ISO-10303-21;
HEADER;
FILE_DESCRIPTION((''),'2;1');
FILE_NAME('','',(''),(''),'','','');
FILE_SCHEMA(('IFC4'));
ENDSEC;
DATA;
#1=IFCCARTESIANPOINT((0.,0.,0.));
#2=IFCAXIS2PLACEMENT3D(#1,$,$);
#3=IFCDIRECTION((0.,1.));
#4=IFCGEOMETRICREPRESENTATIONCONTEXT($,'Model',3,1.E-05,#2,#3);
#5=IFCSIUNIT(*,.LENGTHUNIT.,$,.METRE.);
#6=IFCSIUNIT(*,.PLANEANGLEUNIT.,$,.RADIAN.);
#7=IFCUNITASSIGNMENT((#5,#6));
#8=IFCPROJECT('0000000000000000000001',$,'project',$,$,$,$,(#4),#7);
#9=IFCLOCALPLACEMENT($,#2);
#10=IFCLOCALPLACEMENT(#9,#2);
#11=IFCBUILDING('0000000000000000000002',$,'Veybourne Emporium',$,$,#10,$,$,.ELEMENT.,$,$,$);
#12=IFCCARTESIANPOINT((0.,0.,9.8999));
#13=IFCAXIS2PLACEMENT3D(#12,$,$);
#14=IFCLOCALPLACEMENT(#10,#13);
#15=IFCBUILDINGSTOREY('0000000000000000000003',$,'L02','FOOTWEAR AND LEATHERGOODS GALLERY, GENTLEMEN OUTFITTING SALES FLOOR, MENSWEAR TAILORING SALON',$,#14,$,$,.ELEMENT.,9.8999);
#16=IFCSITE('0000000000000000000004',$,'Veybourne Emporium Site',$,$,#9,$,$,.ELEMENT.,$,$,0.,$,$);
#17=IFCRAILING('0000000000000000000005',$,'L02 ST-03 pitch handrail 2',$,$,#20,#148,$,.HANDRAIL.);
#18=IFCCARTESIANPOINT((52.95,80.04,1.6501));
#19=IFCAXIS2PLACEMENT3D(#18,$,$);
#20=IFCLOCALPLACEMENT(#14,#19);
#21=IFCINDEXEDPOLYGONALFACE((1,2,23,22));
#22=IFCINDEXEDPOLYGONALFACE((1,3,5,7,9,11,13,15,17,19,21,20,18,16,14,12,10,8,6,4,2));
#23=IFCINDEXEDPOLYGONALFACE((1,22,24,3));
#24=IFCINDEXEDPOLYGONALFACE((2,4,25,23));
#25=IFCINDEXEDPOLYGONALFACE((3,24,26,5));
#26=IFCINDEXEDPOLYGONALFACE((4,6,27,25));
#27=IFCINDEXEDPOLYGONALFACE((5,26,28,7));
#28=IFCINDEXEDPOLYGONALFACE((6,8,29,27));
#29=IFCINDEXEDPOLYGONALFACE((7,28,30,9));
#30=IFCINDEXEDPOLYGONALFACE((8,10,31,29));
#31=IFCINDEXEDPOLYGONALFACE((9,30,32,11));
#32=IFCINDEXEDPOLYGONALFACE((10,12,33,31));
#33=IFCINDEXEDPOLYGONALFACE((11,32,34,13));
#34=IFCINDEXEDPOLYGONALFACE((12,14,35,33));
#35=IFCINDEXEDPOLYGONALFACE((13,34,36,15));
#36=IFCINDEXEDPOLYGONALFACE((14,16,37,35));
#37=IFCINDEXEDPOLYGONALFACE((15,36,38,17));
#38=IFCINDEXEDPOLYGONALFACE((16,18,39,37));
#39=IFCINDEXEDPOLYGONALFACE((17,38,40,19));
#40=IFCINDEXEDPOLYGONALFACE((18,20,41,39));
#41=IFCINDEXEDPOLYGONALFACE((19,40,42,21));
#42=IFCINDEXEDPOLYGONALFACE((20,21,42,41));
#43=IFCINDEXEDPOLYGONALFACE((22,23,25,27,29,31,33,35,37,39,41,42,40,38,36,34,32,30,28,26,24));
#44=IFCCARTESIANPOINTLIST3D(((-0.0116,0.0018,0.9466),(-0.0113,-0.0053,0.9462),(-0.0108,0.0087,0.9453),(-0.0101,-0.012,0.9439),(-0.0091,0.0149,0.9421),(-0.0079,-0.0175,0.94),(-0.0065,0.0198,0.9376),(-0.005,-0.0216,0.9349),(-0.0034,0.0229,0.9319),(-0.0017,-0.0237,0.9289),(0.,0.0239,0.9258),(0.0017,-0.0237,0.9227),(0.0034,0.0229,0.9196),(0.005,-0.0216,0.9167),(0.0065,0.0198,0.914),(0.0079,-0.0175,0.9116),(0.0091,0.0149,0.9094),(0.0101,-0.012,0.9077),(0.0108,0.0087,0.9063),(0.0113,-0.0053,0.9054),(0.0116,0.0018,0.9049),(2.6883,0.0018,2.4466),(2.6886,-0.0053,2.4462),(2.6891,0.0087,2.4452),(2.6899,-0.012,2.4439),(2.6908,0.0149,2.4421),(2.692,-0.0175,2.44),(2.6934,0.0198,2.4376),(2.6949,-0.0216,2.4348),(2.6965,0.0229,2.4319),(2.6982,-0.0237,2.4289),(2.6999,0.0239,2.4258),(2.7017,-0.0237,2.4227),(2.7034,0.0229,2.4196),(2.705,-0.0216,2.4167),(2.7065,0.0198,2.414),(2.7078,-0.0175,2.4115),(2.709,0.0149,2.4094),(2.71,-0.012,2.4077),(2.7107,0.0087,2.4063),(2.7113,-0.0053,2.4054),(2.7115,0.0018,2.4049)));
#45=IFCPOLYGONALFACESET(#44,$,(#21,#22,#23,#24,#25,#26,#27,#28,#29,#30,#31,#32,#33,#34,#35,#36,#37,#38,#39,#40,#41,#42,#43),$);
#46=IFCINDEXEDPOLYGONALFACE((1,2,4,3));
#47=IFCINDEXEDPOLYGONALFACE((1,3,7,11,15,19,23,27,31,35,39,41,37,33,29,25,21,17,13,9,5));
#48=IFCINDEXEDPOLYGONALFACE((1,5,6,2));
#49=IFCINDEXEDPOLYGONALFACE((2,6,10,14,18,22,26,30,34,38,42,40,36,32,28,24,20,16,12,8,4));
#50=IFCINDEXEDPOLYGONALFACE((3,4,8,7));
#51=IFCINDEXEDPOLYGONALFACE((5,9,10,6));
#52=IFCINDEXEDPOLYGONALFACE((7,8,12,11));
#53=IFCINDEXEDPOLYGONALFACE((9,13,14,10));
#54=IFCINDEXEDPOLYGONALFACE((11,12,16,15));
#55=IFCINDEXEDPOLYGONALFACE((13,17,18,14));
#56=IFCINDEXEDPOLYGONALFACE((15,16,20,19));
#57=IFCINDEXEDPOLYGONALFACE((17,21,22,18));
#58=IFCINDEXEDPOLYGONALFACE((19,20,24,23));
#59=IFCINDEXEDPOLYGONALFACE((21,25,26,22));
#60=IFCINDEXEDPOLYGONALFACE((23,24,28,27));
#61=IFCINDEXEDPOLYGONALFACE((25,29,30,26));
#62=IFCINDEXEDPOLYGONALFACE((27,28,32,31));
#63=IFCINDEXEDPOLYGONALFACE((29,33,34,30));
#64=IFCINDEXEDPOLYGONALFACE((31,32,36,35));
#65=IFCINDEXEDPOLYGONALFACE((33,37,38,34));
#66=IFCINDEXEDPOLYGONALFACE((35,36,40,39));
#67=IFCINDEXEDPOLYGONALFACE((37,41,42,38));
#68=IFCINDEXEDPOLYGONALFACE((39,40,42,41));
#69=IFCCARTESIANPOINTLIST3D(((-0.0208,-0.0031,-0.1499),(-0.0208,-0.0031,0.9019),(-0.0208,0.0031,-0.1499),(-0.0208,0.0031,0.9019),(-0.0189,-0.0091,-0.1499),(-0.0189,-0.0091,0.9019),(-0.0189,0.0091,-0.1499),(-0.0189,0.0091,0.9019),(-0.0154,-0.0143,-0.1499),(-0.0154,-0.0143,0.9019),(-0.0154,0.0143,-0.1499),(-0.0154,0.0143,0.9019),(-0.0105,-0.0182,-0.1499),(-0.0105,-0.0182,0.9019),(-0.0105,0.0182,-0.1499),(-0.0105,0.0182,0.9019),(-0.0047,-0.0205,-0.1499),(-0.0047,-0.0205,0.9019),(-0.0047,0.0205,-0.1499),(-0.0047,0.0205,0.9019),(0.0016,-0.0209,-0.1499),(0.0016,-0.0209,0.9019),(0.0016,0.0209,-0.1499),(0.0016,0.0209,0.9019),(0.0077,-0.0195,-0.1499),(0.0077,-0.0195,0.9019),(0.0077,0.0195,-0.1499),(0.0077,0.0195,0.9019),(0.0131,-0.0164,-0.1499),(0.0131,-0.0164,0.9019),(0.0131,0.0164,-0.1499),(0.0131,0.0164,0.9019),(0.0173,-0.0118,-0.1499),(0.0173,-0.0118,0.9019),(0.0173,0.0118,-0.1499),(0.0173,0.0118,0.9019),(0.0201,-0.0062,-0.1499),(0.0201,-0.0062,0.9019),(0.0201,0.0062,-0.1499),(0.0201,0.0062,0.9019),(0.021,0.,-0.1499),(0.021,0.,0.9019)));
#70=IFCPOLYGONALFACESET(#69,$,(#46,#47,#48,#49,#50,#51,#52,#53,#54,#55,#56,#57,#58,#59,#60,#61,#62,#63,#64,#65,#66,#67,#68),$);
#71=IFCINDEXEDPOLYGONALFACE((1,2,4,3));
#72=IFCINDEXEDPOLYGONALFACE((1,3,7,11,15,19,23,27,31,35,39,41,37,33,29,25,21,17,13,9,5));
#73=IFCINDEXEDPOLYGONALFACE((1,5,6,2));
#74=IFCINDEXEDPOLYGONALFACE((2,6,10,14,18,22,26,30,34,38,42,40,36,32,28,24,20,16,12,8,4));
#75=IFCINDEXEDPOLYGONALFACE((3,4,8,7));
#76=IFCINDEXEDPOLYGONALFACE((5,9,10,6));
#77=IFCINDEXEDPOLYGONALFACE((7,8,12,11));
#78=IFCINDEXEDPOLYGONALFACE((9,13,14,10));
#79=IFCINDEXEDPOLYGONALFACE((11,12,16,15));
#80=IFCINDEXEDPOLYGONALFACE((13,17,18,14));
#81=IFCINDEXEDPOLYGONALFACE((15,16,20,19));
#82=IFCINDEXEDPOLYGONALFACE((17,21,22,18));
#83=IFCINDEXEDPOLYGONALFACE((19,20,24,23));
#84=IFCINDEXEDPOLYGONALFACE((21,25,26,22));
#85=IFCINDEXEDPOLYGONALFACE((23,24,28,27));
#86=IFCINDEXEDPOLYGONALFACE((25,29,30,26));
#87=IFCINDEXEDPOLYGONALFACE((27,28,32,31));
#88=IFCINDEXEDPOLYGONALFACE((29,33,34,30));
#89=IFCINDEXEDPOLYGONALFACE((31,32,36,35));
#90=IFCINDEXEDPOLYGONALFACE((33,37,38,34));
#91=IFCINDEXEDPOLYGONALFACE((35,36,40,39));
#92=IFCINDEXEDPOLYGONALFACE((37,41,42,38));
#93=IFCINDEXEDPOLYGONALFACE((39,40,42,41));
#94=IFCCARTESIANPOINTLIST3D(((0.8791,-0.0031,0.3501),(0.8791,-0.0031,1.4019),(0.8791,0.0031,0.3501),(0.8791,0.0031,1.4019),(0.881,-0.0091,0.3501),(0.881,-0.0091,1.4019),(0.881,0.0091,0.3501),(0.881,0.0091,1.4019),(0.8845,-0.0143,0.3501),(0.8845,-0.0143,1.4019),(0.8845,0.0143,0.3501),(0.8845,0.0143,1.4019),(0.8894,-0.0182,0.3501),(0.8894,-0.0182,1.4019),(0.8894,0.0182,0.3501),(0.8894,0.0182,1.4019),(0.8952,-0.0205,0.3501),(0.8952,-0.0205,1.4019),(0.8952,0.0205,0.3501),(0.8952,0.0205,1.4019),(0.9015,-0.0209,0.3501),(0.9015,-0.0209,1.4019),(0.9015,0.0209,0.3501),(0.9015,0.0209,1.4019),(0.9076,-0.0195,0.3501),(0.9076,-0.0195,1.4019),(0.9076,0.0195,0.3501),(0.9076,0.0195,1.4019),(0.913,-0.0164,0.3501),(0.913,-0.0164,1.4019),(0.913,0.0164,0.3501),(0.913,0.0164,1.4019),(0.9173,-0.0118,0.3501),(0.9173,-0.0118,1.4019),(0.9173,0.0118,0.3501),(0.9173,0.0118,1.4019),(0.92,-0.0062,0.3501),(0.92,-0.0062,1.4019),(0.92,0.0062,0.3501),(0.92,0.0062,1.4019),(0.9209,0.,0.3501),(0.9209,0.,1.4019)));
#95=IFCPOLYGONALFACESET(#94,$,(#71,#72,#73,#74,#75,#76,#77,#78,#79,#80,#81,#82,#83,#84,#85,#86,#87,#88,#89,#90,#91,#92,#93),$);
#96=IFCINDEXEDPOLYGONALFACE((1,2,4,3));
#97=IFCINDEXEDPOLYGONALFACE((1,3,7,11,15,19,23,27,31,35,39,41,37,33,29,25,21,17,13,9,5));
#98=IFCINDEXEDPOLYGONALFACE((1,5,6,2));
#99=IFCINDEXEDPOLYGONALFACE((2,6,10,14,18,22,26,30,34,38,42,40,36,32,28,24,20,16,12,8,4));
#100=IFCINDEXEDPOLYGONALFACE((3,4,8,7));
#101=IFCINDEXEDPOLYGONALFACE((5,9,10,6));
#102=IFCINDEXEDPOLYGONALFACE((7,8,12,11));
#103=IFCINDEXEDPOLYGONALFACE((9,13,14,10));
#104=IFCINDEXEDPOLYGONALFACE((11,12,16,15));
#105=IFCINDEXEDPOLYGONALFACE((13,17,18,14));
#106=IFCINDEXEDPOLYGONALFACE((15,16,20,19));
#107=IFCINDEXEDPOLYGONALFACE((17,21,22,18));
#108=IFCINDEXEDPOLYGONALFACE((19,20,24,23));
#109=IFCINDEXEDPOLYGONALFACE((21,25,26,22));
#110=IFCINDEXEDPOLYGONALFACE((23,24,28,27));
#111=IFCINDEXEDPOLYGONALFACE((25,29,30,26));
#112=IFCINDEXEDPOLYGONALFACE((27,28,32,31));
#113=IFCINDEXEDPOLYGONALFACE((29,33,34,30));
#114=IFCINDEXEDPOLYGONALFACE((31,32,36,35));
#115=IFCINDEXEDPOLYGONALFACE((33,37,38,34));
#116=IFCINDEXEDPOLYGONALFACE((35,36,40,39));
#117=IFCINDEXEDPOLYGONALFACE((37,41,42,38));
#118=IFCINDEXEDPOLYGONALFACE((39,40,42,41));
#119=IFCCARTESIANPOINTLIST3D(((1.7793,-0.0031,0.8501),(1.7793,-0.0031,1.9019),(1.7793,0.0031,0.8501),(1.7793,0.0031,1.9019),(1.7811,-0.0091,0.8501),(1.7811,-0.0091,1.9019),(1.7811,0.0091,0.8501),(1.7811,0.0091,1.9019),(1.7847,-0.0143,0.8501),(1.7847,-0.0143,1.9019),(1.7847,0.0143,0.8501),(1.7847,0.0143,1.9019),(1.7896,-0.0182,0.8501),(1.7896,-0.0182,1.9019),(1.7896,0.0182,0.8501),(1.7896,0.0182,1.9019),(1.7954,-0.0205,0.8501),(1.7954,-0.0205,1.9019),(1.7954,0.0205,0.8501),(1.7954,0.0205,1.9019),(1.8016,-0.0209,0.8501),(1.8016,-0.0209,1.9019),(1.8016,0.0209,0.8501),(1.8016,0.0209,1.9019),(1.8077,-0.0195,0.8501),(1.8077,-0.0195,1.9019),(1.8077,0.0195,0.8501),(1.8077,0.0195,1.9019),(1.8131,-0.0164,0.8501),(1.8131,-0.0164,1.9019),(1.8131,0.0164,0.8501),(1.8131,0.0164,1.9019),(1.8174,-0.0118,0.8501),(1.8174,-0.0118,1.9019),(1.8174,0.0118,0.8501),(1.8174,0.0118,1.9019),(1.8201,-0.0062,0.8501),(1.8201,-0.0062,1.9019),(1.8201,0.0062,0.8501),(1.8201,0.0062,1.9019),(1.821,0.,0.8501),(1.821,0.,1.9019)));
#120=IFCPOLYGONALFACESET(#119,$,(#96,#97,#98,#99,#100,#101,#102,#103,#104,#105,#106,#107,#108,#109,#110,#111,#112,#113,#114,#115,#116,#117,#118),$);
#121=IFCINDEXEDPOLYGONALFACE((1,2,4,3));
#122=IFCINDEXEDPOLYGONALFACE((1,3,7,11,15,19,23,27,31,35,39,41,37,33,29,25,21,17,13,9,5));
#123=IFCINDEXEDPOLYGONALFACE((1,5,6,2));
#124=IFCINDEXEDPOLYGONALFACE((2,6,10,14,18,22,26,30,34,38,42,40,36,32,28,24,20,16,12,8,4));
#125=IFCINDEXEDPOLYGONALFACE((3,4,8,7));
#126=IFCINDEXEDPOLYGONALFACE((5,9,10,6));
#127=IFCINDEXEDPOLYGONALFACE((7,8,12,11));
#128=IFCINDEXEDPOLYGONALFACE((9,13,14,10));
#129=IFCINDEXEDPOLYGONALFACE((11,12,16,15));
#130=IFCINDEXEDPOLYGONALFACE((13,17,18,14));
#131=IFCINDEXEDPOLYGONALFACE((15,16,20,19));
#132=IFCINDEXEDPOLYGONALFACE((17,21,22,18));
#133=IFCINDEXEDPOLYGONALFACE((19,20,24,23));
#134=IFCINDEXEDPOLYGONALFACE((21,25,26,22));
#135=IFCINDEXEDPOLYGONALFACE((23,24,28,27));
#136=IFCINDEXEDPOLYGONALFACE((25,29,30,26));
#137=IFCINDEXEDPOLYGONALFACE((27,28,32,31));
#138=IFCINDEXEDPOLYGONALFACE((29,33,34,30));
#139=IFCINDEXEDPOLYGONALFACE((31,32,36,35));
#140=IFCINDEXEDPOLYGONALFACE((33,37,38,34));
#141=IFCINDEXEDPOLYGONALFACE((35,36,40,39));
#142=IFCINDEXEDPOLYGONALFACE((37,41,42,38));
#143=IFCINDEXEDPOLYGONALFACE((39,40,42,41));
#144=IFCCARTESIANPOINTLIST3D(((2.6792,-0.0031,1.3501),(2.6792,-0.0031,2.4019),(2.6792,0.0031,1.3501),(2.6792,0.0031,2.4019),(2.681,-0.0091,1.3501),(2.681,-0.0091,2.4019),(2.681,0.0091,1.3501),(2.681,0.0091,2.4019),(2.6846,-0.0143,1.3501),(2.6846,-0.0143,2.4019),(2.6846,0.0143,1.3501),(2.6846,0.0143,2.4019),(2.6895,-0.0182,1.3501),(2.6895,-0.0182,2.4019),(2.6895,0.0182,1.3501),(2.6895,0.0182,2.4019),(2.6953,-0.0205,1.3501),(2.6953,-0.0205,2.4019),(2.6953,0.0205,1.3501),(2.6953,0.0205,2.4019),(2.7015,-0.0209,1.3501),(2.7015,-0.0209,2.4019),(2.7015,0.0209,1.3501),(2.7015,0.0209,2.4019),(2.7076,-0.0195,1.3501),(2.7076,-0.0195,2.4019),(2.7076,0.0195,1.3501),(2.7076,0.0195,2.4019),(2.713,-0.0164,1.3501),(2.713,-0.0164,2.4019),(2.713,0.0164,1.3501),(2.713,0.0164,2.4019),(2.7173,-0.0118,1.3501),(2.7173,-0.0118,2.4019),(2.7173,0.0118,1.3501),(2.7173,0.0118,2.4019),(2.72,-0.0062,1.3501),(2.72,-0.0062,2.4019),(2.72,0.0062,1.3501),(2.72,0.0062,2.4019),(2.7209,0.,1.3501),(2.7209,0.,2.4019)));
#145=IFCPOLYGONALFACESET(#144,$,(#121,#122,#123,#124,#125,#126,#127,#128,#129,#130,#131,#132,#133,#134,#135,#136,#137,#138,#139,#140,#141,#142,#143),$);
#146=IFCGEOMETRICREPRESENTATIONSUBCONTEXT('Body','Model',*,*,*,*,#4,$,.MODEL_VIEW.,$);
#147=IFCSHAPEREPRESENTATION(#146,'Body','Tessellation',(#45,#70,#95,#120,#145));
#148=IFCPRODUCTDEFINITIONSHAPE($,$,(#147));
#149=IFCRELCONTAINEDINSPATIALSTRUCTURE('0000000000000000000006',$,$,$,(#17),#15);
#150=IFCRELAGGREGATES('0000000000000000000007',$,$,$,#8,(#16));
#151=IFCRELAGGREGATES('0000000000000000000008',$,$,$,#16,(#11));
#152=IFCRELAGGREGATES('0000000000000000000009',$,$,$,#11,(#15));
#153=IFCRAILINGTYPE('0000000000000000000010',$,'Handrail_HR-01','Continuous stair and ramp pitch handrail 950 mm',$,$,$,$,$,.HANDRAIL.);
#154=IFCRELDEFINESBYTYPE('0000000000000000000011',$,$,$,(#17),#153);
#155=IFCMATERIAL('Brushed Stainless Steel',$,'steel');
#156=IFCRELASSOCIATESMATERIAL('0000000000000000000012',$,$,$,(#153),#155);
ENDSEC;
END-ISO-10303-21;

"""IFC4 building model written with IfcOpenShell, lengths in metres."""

from ifc_helpers import new_model, si_unit, direction, frame, origin, origin_2d, place, context, subcontext, project, spatial, circle, extrude, material, type_object, element, save


model = new_model("IFC4")

# Units and contexts
model_context = context("Model", 3, precision=1e-05, world=origin(), true_north=direction((0.0, 1.0)))
body_context = subcontext(model_context, "Body", "Model", "MODEL_VIEW")
ifc_project = project(units=[si_unit("LENGTHUNIT", "METRE"), si_unit("PLANEANGLEUNIT", "RADIAN")], contexts=[model_context])

# Site, building, storey
site_placement = place(None, origin())
site = spatial("IfcSite", under=ifc_project, at=site_placement, Name="Veybourne Emporium Site", CompositionType="ELEMENT", RefElevation=0.0)
building_placement = place(site_placement, origin())
building = spatial("IfcBuilding", under=site, at=building_placement, Name="Veybourne Emporium", CompositionType="ELEMENT")
storey_placement = place(building_placement, frame((0.0, 0.0, 9.8999)))
storey = spatial("IfcBuildingStorey", under=building, at=storey_placement, Name="L02", Description="FOOTWEAR AND LEATHERGOODS GALLERY, GENTLEMEN OUTFITTING SALES FLOOR, MENSWEAR TAILORING SALON", CompositionType="ELEMENT", Elevation=9.8999)

# Railing
ifc_material_1 = material(Name="Brushed Stainless Steel", Category="steel")
railing_type = type_object("IfcRailingType", Name="Handrail_HR-01", Description="Continuous stair and ramp pitch handrail 950 mm", PredefinedType="HANDRAIL", material=ifc_material_1)
railing_placement = place(storey_placement, frame((52.95, 80.04, 1.6501)))
element("IfcRailing", 1, at=railing_placement, inside=storey, type_object=railing_type, Name="L02 ST-03 pitch handrail 2", PredefinedType="HANDRAIL", context=body_context, shape_type="SweptSolid", body=[
    extrude(circle(Radius=0.0239, at=origin_2d()), frame((0.0, 0.0, 0.9258), z_axis=(0.874154, 0.0, 0.48565), x_axis=(0.0, 1.0, 0.0)), (0.0, 0.0, 1.0), 3.0886),
    extrude(circle(Radius=0.021, at=origin_2d()), frame((0.0, 0.0, -0.1499)), (0.0, 0.0, 1.0), 1.0518),
    extrude(circle(Radius=0.021, at=origin_2d()), frame((0.8999, 0.0, 0.3501)), (0.0, 0.0, 1.0), 1.0518),
    extrude(circle(Radius=0.021, at=origin_2d()), frame((1.8, 0.0, 0.8501)), (0.0, 0.0, 1.0), 1.0518),
    extrude(circle(Radius=0.021, at=origin_2d()), frame((2.7, 0.0, 1.3501)), (0.0, 0.0, 1.0), 1.0518),
])

save(model, "model.ifc")
